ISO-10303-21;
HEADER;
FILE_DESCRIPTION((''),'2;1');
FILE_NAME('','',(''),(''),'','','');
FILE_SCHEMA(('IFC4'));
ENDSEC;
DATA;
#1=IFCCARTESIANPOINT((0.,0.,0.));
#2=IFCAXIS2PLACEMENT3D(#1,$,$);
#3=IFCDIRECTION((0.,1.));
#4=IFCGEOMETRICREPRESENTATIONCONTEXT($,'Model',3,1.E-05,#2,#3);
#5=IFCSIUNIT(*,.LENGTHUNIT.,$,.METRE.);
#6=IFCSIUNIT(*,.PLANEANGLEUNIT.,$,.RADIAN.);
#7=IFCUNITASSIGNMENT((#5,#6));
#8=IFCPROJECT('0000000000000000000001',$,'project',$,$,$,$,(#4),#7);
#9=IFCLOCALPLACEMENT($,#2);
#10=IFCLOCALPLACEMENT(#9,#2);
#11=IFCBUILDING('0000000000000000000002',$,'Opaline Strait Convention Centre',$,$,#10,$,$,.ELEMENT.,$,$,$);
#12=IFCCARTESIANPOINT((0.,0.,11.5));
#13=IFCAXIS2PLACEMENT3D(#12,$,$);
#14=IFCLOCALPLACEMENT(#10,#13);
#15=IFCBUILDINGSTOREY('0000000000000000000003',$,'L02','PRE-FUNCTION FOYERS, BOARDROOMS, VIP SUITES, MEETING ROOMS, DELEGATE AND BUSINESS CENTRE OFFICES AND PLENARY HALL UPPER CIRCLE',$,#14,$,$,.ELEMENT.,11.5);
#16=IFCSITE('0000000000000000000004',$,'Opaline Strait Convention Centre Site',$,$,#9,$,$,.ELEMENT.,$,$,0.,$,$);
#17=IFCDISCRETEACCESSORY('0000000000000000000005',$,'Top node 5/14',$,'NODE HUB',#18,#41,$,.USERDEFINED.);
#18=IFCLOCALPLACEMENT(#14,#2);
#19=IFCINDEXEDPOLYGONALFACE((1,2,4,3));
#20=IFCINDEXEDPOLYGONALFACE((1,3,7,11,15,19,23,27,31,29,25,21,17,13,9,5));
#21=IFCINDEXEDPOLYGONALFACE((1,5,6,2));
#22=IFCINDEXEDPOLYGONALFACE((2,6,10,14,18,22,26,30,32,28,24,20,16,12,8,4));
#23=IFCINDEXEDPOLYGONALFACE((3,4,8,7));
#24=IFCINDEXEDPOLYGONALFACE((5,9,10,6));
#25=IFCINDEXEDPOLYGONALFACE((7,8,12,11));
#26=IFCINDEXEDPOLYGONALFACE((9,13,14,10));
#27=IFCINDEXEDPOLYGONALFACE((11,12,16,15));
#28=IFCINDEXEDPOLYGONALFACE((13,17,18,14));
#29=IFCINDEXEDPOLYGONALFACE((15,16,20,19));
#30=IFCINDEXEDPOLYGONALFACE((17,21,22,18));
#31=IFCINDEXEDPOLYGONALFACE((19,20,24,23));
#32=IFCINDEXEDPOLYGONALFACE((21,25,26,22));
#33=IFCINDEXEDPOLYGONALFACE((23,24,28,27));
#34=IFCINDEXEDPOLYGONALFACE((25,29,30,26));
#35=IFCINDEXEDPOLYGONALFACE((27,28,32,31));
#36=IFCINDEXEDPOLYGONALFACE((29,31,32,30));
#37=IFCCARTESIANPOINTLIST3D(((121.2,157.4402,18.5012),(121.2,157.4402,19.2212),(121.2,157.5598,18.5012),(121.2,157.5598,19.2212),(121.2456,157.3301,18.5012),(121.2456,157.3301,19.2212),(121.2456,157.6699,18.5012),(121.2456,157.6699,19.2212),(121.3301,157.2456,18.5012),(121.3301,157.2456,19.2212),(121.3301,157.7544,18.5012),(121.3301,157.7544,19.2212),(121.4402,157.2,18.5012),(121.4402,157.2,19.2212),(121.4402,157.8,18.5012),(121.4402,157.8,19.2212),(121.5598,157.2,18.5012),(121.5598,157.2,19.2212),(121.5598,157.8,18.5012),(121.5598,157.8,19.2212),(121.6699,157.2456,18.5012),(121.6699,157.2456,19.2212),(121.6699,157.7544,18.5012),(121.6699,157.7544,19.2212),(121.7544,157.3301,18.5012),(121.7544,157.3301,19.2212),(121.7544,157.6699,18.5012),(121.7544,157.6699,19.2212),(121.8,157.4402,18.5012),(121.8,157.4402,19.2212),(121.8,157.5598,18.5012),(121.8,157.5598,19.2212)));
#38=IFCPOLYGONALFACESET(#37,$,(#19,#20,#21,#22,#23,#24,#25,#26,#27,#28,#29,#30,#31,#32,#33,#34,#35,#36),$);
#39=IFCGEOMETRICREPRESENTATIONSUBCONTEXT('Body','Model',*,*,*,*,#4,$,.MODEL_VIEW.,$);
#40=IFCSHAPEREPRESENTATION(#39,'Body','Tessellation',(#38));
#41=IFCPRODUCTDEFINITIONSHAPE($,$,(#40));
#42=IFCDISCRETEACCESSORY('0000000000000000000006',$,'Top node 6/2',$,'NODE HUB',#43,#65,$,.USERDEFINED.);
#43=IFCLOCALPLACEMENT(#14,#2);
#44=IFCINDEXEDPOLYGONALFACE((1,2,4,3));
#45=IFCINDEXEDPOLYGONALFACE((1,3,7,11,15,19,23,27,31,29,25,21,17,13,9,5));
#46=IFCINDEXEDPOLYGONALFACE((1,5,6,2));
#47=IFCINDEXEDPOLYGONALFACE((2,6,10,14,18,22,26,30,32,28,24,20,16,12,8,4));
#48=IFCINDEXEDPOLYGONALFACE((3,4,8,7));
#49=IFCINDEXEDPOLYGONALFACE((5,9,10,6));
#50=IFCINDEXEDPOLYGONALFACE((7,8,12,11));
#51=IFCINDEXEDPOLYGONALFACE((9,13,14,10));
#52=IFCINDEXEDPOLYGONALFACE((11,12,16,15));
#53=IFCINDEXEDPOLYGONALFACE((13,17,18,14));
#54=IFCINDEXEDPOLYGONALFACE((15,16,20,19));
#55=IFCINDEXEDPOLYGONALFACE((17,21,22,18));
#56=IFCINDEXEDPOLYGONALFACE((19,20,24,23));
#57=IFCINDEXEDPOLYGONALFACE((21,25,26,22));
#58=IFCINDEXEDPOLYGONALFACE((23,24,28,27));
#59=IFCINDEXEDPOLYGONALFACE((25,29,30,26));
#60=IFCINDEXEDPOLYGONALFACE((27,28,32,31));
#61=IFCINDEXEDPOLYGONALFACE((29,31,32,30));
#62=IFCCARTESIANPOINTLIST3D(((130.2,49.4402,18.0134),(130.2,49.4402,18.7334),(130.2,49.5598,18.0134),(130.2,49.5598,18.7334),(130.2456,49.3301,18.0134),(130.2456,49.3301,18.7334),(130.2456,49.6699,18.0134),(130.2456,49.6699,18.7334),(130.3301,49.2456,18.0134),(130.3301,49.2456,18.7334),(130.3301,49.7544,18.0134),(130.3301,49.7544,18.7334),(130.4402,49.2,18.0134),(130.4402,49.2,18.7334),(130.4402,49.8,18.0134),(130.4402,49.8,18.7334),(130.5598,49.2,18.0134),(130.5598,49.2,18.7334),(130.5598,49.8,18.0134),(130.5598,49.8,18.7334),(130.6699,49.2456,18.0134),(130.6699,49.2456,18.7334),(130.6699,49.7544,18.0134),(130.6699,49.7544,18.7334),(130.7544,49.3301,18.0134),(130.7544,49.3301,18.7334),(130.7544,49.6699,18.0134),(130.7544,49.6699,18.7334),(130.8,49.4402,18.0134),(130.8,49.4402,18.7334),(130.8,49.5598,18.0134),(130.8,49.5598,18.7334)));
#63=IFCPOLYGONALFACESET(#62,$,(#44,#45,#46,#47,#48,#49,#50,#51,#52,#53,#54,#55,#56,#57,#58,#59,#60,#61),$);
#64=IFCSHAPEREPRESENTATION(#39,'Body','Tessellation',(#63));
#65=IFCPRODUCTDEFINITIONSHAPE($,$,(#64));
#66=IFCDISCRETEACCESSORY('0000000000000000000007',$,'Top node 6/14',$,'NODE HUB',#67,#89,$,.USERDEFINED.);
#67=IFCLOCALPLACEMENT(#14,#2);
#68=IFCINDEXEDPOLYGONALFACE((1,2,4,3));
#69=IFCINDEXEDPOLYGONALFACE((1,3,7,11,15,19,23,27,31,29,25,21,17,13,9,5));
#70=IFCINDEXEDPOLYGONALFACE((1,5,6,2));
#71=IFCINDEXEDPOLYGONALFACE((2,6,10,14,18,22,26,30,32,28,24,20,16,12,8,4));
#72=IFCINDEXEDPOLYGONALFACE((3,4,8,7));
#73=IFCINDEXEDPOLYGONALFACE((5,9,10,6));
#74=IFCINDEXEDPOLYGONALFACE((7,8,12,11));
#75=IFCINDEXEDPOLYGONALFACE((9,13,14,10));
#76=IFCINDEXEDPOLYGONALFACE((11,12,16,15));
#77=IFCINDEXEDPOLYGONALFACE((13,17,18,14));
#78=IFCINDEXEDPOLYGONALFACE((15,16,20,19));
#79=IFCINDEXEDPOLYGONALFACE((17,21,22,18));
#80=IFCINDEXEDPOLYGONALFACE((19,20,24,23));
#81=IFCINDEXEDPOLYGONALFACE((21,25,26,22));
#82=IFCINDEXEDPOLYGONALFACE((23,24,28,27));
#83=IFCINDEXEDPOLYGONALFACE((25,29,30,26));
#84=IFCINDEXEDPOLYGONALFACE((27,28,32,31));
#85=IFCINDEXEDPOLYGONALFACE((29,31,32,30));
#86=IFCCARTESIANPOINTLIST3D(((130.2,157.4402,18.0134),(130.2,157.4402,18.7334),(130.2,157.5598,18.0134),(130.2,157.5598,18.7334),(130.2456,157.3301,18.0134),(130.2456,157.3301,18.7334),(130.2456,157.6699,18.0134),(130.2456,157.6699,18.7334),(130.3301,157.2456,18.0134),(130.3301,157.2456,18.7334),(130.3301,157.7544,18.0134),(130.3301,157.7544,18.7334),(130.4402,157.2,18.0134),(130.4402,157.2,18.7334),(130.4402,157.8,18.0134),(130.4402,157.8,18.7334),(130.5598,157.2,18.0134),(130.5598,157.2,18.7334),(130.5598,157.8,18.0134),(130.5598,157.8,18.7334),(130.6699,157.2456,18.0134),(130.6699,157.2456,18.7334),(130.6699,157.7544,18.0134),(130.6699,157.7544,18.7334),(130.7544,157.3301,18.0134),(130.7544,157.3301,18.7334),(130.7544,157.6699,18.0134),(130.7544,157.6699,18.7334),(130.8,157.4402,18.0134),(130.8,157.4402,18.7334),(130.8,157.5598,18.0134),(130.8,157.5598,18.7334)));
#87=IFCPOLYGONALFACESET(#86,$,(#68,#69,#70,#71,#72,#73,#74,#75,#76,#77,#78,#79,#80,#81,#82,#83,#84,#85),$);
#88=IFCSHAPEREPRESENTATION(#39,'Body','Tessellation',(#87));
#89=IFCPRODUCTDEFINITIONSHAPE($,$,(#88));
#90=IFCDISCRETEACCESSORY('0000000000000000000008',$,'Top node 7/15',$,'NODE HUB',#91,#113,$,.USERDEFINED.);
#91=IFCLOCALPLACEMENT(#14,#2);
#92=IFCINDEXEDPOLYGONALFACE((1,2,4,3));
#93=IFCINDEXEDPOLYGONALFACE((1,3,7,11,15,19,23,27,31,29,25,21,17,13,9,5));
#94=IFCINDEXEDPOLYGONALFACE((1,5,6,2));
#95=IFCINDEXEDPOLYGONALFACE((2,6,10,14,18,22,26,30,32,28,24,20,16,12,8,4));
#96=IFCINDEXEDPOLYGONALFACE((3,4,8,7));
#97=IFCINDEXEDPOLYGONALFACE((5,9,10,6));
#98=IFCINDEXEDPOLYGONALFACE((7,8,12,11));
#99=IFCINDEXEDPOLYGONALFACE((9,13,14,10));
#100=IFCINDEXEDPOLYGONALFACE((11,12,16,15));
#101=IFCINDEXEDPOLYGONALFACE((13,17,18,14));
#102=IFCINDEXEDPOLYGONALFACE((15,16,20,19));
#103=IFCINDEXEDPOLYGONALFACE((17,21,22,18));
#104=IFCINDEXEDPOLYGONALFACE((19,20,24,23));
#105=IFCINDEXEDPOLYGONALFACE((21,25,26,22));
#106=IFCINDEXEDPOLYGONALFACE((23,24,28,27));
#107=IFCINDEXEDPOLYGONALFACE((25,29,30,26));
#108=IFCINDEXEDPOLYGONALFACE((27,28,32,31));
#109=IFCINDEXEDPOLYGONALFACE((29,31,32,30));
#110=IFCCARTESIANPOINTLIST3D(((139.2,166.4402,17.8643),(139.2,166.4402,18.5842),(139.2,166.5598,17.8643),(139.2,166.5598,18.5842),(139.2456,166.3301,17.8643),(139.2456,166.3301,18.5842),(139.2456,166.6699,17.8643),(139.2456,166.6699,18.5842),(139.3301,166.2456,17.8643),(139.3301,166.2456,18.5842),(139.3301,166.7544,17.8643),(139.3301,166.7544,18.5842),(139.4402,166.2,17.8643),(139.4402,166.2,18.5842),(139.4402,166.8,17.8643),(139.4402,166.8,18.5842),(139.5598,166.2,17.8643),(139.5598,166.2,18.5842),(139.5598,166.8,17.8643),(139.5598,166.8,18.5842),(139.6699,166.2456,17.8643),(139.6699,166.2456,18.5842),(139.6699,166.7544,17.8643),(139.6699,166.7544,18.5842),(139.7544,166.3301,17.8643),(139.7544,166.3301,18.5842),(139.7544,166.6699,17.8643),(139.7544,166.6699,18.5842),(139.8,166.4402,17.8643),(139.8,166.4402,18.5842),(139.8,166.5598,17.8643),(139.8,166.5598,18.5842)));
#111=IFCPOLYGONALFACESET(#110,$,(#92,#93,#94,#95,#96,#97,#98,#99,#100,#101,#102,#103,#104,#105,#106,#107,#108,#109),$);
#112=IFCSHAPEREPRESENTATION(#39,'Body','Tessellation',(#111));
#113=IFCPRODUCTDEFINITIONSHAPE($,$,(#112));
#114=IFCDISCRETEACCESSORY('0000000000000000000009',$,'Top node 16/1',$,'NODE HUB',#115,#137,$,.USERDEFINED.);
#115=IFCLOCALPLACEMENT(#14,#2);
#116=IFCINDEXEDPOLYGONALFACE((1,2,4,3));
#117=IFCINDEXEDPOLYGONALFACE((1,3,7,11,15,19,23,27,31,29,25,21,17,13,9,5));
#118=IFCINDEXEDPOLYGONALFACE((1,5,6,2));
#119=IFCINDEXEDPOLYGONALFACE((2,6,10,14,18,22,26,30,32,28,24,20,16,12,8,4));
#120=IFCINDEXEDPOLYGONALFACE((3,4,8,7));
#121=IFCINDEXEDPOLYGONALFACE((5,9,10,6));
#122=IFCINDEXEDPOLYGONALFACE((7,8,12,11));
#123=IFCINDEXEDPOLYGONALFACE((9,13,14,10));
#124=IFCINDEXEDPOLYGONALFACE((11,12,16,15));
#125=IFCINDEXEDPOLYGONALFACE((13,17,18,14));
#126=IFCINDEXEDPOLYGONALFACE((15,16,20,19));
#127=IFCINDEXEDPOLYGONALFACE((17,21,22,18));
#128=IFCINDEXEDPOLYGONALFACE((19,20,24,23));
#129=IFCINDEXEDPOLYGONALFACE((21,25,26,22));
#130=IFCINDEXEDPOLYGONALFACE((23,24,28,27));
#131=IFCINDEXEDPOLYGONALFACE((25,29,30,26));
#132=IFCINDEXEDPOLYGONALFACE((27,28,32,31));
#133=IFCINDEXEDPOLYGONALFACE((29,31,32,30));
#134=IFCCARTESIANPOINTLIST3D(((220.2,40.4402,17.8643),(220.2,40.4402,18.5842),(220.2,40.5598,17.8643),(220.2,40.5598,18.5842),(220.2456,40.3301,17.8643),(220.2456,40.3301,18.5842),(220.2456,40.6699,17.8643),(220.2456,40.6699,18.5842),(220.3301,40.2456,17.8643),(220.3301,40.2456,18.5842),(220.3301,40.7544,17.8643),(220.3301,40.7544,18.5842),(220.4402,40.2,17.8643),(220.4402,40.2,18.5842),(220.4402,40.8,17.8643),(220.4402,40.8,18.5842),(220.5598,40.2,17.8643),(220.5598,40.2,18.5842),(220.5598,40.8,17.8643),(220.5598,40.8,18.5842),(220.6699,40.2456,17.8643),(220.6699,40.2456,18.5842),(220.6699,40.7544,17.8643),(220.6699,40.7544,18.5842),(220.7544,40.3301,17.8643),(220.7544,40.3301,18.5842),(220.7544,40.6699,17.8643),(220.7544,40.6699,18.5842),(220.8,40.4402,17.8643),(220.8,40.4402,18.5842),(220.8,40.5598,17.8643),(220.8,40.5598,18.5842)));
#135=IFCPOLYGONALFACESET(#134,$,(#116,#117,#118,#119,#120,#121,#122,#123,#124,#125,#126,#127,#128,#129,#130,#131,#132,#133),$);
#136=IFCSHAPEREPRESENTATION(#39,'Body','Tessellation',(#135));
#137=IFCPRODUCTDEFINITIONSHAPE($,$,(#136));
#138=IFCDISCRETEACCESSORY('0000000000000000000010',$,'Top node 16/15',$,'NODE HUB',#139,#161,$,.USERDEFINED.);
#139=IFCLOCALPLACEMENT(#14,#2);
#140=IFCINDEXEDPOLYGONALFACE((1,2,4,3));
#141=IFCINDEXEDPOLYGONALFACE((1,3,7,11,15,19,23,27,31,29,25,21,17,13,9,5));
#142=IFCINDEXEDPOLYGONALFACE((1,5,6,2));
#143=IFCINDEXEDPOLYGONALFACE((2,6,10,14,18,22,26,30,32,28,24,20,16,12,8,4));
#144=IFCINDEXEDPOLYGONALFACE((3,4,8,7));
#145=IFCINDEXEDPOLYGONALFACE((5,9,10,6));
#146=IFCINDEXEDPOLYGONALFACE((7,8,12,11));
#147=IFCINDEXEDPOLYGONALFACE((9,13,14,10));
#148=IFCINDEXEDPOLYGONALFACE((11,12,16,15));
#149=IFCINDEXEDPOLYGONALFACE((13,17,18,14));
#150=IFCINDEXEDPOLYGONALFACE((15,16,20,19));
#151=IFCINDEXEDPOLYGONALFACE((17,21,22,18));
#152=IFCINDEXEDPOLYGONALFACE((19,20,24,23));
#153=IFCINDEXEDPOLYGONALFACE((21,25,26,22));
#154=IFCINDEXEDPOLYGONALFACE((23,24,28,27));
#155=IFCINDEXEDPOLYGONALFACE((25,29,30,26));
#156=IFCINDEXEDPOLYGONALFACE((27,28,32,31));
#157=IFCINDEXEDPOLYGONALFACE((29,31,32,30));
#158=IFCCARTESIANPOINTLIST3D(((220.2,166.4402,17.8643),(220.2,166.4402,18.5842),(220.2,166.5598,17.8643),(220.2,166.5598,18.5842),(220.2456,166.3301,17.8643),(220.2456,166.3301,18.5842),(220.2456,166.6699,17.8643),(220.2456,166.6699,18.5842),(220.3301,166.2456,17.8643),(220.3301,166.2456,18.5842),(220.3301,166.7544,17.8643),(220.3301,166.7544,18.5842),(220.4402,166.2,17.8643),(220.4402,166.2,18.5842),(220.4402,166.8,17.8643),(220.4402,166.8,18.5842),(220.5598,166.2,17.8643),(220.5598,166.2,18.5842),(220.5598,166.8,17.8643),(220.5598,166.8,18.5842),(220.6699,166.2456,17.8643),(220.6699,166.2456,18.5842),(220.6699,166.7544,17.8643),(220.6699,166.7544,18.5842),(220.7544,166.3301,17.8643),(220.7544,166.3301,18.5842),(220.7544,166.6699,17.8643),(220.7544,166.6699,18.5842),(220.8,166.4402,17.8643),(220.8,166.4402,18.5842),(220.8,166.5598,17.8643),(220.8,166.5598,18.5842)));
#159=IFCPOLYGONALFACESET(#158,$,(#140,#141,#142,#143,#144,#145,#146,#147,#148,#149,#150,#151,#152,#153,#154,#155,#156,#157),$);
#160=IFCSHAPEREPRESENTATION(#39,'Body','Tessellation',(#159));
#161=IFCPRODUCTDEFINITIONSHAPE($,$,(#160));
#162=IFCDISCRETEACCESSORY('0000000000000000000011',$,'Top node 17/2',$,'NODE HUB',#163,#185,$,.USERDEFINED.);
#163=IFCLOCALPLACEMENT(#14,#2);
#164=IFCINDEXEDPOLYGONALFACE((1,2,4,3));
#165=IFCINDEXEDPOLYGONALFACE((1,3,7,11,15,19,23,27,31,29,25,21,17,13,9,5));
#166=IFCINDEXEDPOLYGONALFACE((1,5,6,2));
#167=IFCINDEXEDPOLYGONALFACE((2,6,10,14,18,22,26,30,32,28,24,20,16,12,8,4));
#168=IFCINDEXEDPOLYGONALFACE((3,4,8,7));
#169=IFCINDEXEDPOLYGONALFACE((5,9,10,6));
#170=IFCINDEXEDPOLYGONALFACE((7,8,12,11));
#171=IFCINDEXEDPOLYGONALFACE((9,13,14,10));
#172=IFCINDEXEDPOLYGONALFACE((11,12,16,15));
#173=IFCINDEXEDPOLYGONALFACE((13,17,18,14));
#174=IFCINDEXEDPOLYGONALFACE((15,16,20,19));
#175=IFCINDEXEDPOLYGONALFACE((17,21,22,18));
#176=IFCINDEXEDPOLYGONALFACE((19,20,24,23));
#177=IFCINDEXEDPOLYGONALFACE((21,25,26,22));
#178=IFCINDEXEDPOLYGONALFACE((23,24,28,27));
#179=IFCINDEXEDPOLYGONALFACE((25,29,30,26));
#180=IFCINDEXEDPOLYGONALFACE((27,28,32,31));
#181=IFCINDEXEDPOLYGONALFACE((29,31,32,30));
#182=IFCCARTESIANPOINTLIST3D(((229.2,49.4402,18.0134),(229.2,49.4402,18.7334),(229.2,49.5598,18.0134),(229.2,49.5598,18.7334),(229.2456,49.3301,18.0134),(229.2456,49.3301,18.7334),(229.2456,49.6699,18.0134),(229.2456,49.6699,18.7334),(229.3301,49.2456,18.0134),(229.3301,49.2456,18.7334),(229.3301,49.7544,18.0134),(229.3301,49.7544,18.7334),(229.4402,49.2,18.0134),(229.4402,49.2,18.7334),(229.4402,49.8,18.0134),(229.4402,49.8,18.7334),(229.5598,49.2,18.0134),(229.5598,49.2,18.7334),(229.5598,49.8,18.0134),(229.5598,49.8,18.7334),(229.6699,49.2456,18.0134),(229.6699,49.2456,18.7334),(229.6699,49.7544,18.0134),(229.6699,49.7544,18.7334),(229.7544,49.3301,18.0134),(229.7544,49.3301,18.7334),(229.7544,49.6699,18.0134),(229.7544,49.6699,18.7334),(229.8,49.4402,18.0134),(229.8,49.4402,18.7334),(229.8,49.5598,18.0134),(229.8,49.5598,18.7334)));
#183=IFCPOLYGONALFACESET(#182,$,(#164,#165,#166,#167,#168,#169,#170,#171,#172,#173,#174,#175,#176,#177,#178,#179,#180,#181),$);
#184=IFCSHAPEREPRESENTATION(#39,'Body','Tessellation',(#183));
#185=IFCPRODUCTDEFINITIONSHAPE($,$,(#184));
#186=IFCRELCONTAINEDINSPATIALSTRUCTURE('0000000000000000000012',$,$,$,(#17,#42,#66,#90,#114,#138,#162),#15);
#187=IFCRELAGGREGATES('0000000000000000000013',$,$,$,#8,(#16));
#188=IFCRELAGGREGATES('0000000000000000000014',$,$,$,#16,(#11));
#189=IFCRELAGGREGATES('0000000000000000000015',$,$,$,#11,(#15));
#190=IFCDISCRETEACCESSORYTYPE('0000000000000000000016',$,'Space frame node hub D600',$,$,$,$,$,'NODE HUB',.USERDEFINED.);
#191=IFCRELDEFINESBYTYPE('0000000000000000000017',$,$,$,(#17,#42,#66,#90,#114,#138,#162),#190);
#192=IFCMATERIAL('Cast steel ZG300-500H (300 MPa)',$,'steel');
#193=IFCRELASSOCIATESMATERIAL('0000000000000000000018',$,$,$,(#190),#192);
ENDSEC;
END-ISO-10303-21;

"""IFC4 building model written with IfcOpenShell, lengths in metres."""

from ifc_helpers import new_model, si_unit, direction, frame, origin, place, context, subcontext, project, spatial, polyline, outline, extrude, material, type_object, element, save


model = new_model("IFC4")

# Units and contexts
model_context = context("Model", 3, precision=1e-05, world=origin(), true_north=direction((0.0, 1.0)))
body_context = subcontext(model_context, "Body", "Model", "MODEL_VIEW")
ifc_project = project(units=[si_unit("LENGTHUNIT", "METRE"), si_unit("PLANEANGLEUNIT", "RADIAN")], contexts=[model_context])

# Site, building, storey
site_placement = place(None, origin())
site = spatial("IfcSite", under=ifc_project, at=site_placement, Name="Opaline Strait Convention Centre Site", CompositionType="ELEMENT", RefElevation=0.0)
building_placement = place(site_placement, origin())
building = spatial("IfcBuilding", under=site, at=building_placement, Name="Opaline Strait Convention Centre", CompositionType="ELEMENT")
storey_placement = place(building_placement, frame((0.0, 0.0, 11.5)))
storey = spatial("IfcBuildingStorey", under=building, at=storey_placement, Name="L02", Description="PRE-FUNCTION FOYERS, BOARDROOMS, VIP SUITES, MEETING ROOMS, DELEGATE AND BUSINESS CENTRE OFFICES AND PLENARY HALL UPPER CIRCLE", CompositionType="ELEMENT", Elevation=11.5)

# Discrete accessories
ifc_material = material(Name="Cast steel ZG300-500H (300 MPa)", Category="steel")
discrete_accessory_type_1 = type_object("IfcDiscreteAccessoryType", Name="Space frame node hub D600", ElementType="NODE HUB", PredefinedType="USERDEFINED", material=ifc_material)
discrete_accessory_1_placement = place(storey_placement, frame((0.0, 0.0, 18.5012)))
element("IfcDiscreteAccessory", 1, at=discrete_accessory_1_placement, inside=storey, type_object=discrete_accessory_type_1, Name="Top node 5/14", ObjectType="NODE HUB", PredefinedType="USERDEFINED", context=body_context, shape_type="SweptSolid", body=[
    extrude(outline(polyline([(121.8, 157.5598), (121.7544, 157.6699), (121.6699, 157.7544), (121.5598, 157.8), (121.4402, 157.8), (121.3301, 157.7544), (121.2456, 157.6699), (121.2, 157.5598), (121.2, 157.4402), (121.2456, 157.3301), (121.3301, 157.2456), (121.4402, 157.2), (121.5598, 157.2), (121.6699, 157.2456), (121.7544, 157.3301), (121.8, 157.4402), (121.8, 157.5598)])), origin(), (0.0, 0.0, 1.0), 0.72),
])
discrete_accessory_2_placement = place(storey_placement, frame((0.0, 0.0, 18.0134)))
element("IfcDiscreteAccessory", 2, at=discrete_accessory_2_placement, inside=storey, type_object=discrete_accessory_type_1, Name="Top node 6/2", ObjectType="NODE HUB", PredefinedType="USERDEFINED", context=body_context, shape_type="SweptSolid", body=[
    extrude(outline(polyline([(130.8, 49.5598), (130.7544, 49.6699), (130.6699, 49.7544), (130.5598, 49.8), (130.4402, 49.8), (130.3301, 49.7544), (130.2456, 49.6699), (130.2, 49.5598), (130.2, 49.4402), (130.2456, 49.3301), (130.3301, 49.2456), (130.4402, 49.2), (130.5598, 49.2), (130.6699, 49.2456), (130.7544, 49.3301), (130.8, 49.4402), (130.8, 49.5598)])), origin(), (0.0, 0.0, 1.0), 0.72),
])
discrete_accessory_3_placement = place(storey_placement, frame((0.0, 0.0, 18.0134)))
element("IfcDiscreteAccessory", 3, at=discrete_accessory_3_placement, inside=storey, type_object=discrete_accessory_type_1, Name="Top node 6/14", ObjectType="NODE HUB", PredefinedType="USERDEFINED", context=body_context, shape_type="SweptSolid", body=[
    extrude(outline(polyline([(130.8, 157.5598), (130.7544, 157.6699), (130.6699, 157.7544), (130.5598, 157.8), (130.4402, 157.8), (130.3301, 157.7544), (130.2456, 157.6699), (130.2, 157.5598), (130.2, 157.4402), (130.2456, 157.3301), (130.3301, 157.2456), (130.4402, 157.2), (130.5598, 157.2), (130.6699, 157.2456), (130.7544, 157.3301), (130.8, 157.4402), (130.8, 157.5598)])), origin(), (0.0, 0.0, 1.0), 0.72),
])
discrete_accessory_4_placement = place(storey_placement, frame((0.0, 0.0, 17.8643)))
element("IfcDiscreteAccessory", 4, at=discrete_accessory_4_placement, inside=storey, type_object=discrete_accessory_type_1, Name="Top node 7/15", ObjectType="NODE HUB", PredefinedType="USERDEFINED", context=body_context, shape_type="SweptSolid", body=[
    extrude(outline(polyline([(139.8, 166.5598), (139.7544, 166.6699), (139.6699, 166.7544), (139.5598, 166.8), (139.4402, 166.8), (139.3301, 166.7544), (139.2456, 166.6699), (139.2, 166.5598), (139.2, 166.4402), (139.2456, 166.3301), (139.3301, 166.2456), (139.4402, 166.2), (139.5598, 166.2), (139.6699, 166.2456), (139.7544, 166.3301), (139.8, 166.4402), (139.8, 166.5598)])), origin(), (0.0, 0.0, 1.0), 0.72),
])
discrete_accessory_5_placement = place(storey_placement, frame((0.0, 0.0, 17.8643)))
element("IfcDiscreteAccessory", 5, at=discrete_accessory_5_placement, inside=storey, type_object=discrete_accessory_type_1, Name="Top node 16/1", ObjectType="NODE HUB", PredefinedType="USERDEFINED", context=body_context, shape_type="SweptSolid", body=[
    extrude(outline(polyline([(220.8, 40.5598), (220.7544, 40.6699), (220.6699, 40.7544), (220.5598, 40.8), (220.4402, 40.8), (220.3301, 40.7544), (220.2456, 40.6699), (220.2, 40.5598), (220.2, 40.4402), (220.2456, 40.3301), (220.3301, 40.2456), (220.4402, 40.2), (220.5598, 40.2), (220.6699, 40.2456), (220.7544, 40.3301), (220.8, 40.4402), (220.8, 40.5598)])), origin(), (0.0, 0.0, 1.0), 0.72),
])
discrete_accessory_6_placement = place(storey_placement, frame((0.0, 0.0, 17.8643)))
element("IfcDiscreteAccessory", 6, at=discrete_accessory_6_placement, inside=storey, type_object=discrete_accessory_type_1, Name="Top node 16/15", ObjectType="NODE HUB", PredefinedType="USERDEFINED", context=body_context, shape_type="SweptSolid", body=[
    extrude(outline(polyline([(220.8, 166.5598), (220.7544, 166.6699), (220.6699, 166.7544), (220.5598, 166.8), (220.4402, 166.8), (220.3301, 166.7544), (220.2456, 166.6699), (220.2, 166.5598), (220.2, 166.4402), (220.2456, 166.3301), (220.3301, 166.2456), (220.4402, 166.2), (220.5598, 166.2), (220.6699, 166.2456), (220.7544, 166.3301), (220.8, 166.4402), (220.8, 166.5598)])), origin(), (0.0, 0.0, 1.0), 0.72),
])
discrete_accessory_7_placement = place(storey_placement, frame((0.0, 0.0, 18.0134)))
element("IfcDiscreteAccessory", 7, at=discrete_accessory_7_placement, inside=storey, type_object=discrete_accessory_type_1, Name="Top node 17/2", ObjectType="NODE HUB", PredefinedType="USERDEFINED", context=body_context, shape_type="SweptSolid", body=[
    extrude(outline(polyline([(229.8, 49.5598), (229.7544, 49.6699), (229.6699, 49.7544), (229.5598, 49.8), (229.4402, 49.8), (229.3301, 49.7544), (229.2456, 49.6699), (229.2, 49.5598), (229.2, 49.4402), (229.2456, 49.3301), (229.3301, 49.2456), (229.4402, 49.2), (229.5598, 49.2), (229.6699, 49.2456), (229.7544, 49.3301), (229.8, 49.4402), (229.8, 49.5598)])), origin(), (0.0, 0.0, 1.0), 0.72),
])

save(model, "model.ifc")
